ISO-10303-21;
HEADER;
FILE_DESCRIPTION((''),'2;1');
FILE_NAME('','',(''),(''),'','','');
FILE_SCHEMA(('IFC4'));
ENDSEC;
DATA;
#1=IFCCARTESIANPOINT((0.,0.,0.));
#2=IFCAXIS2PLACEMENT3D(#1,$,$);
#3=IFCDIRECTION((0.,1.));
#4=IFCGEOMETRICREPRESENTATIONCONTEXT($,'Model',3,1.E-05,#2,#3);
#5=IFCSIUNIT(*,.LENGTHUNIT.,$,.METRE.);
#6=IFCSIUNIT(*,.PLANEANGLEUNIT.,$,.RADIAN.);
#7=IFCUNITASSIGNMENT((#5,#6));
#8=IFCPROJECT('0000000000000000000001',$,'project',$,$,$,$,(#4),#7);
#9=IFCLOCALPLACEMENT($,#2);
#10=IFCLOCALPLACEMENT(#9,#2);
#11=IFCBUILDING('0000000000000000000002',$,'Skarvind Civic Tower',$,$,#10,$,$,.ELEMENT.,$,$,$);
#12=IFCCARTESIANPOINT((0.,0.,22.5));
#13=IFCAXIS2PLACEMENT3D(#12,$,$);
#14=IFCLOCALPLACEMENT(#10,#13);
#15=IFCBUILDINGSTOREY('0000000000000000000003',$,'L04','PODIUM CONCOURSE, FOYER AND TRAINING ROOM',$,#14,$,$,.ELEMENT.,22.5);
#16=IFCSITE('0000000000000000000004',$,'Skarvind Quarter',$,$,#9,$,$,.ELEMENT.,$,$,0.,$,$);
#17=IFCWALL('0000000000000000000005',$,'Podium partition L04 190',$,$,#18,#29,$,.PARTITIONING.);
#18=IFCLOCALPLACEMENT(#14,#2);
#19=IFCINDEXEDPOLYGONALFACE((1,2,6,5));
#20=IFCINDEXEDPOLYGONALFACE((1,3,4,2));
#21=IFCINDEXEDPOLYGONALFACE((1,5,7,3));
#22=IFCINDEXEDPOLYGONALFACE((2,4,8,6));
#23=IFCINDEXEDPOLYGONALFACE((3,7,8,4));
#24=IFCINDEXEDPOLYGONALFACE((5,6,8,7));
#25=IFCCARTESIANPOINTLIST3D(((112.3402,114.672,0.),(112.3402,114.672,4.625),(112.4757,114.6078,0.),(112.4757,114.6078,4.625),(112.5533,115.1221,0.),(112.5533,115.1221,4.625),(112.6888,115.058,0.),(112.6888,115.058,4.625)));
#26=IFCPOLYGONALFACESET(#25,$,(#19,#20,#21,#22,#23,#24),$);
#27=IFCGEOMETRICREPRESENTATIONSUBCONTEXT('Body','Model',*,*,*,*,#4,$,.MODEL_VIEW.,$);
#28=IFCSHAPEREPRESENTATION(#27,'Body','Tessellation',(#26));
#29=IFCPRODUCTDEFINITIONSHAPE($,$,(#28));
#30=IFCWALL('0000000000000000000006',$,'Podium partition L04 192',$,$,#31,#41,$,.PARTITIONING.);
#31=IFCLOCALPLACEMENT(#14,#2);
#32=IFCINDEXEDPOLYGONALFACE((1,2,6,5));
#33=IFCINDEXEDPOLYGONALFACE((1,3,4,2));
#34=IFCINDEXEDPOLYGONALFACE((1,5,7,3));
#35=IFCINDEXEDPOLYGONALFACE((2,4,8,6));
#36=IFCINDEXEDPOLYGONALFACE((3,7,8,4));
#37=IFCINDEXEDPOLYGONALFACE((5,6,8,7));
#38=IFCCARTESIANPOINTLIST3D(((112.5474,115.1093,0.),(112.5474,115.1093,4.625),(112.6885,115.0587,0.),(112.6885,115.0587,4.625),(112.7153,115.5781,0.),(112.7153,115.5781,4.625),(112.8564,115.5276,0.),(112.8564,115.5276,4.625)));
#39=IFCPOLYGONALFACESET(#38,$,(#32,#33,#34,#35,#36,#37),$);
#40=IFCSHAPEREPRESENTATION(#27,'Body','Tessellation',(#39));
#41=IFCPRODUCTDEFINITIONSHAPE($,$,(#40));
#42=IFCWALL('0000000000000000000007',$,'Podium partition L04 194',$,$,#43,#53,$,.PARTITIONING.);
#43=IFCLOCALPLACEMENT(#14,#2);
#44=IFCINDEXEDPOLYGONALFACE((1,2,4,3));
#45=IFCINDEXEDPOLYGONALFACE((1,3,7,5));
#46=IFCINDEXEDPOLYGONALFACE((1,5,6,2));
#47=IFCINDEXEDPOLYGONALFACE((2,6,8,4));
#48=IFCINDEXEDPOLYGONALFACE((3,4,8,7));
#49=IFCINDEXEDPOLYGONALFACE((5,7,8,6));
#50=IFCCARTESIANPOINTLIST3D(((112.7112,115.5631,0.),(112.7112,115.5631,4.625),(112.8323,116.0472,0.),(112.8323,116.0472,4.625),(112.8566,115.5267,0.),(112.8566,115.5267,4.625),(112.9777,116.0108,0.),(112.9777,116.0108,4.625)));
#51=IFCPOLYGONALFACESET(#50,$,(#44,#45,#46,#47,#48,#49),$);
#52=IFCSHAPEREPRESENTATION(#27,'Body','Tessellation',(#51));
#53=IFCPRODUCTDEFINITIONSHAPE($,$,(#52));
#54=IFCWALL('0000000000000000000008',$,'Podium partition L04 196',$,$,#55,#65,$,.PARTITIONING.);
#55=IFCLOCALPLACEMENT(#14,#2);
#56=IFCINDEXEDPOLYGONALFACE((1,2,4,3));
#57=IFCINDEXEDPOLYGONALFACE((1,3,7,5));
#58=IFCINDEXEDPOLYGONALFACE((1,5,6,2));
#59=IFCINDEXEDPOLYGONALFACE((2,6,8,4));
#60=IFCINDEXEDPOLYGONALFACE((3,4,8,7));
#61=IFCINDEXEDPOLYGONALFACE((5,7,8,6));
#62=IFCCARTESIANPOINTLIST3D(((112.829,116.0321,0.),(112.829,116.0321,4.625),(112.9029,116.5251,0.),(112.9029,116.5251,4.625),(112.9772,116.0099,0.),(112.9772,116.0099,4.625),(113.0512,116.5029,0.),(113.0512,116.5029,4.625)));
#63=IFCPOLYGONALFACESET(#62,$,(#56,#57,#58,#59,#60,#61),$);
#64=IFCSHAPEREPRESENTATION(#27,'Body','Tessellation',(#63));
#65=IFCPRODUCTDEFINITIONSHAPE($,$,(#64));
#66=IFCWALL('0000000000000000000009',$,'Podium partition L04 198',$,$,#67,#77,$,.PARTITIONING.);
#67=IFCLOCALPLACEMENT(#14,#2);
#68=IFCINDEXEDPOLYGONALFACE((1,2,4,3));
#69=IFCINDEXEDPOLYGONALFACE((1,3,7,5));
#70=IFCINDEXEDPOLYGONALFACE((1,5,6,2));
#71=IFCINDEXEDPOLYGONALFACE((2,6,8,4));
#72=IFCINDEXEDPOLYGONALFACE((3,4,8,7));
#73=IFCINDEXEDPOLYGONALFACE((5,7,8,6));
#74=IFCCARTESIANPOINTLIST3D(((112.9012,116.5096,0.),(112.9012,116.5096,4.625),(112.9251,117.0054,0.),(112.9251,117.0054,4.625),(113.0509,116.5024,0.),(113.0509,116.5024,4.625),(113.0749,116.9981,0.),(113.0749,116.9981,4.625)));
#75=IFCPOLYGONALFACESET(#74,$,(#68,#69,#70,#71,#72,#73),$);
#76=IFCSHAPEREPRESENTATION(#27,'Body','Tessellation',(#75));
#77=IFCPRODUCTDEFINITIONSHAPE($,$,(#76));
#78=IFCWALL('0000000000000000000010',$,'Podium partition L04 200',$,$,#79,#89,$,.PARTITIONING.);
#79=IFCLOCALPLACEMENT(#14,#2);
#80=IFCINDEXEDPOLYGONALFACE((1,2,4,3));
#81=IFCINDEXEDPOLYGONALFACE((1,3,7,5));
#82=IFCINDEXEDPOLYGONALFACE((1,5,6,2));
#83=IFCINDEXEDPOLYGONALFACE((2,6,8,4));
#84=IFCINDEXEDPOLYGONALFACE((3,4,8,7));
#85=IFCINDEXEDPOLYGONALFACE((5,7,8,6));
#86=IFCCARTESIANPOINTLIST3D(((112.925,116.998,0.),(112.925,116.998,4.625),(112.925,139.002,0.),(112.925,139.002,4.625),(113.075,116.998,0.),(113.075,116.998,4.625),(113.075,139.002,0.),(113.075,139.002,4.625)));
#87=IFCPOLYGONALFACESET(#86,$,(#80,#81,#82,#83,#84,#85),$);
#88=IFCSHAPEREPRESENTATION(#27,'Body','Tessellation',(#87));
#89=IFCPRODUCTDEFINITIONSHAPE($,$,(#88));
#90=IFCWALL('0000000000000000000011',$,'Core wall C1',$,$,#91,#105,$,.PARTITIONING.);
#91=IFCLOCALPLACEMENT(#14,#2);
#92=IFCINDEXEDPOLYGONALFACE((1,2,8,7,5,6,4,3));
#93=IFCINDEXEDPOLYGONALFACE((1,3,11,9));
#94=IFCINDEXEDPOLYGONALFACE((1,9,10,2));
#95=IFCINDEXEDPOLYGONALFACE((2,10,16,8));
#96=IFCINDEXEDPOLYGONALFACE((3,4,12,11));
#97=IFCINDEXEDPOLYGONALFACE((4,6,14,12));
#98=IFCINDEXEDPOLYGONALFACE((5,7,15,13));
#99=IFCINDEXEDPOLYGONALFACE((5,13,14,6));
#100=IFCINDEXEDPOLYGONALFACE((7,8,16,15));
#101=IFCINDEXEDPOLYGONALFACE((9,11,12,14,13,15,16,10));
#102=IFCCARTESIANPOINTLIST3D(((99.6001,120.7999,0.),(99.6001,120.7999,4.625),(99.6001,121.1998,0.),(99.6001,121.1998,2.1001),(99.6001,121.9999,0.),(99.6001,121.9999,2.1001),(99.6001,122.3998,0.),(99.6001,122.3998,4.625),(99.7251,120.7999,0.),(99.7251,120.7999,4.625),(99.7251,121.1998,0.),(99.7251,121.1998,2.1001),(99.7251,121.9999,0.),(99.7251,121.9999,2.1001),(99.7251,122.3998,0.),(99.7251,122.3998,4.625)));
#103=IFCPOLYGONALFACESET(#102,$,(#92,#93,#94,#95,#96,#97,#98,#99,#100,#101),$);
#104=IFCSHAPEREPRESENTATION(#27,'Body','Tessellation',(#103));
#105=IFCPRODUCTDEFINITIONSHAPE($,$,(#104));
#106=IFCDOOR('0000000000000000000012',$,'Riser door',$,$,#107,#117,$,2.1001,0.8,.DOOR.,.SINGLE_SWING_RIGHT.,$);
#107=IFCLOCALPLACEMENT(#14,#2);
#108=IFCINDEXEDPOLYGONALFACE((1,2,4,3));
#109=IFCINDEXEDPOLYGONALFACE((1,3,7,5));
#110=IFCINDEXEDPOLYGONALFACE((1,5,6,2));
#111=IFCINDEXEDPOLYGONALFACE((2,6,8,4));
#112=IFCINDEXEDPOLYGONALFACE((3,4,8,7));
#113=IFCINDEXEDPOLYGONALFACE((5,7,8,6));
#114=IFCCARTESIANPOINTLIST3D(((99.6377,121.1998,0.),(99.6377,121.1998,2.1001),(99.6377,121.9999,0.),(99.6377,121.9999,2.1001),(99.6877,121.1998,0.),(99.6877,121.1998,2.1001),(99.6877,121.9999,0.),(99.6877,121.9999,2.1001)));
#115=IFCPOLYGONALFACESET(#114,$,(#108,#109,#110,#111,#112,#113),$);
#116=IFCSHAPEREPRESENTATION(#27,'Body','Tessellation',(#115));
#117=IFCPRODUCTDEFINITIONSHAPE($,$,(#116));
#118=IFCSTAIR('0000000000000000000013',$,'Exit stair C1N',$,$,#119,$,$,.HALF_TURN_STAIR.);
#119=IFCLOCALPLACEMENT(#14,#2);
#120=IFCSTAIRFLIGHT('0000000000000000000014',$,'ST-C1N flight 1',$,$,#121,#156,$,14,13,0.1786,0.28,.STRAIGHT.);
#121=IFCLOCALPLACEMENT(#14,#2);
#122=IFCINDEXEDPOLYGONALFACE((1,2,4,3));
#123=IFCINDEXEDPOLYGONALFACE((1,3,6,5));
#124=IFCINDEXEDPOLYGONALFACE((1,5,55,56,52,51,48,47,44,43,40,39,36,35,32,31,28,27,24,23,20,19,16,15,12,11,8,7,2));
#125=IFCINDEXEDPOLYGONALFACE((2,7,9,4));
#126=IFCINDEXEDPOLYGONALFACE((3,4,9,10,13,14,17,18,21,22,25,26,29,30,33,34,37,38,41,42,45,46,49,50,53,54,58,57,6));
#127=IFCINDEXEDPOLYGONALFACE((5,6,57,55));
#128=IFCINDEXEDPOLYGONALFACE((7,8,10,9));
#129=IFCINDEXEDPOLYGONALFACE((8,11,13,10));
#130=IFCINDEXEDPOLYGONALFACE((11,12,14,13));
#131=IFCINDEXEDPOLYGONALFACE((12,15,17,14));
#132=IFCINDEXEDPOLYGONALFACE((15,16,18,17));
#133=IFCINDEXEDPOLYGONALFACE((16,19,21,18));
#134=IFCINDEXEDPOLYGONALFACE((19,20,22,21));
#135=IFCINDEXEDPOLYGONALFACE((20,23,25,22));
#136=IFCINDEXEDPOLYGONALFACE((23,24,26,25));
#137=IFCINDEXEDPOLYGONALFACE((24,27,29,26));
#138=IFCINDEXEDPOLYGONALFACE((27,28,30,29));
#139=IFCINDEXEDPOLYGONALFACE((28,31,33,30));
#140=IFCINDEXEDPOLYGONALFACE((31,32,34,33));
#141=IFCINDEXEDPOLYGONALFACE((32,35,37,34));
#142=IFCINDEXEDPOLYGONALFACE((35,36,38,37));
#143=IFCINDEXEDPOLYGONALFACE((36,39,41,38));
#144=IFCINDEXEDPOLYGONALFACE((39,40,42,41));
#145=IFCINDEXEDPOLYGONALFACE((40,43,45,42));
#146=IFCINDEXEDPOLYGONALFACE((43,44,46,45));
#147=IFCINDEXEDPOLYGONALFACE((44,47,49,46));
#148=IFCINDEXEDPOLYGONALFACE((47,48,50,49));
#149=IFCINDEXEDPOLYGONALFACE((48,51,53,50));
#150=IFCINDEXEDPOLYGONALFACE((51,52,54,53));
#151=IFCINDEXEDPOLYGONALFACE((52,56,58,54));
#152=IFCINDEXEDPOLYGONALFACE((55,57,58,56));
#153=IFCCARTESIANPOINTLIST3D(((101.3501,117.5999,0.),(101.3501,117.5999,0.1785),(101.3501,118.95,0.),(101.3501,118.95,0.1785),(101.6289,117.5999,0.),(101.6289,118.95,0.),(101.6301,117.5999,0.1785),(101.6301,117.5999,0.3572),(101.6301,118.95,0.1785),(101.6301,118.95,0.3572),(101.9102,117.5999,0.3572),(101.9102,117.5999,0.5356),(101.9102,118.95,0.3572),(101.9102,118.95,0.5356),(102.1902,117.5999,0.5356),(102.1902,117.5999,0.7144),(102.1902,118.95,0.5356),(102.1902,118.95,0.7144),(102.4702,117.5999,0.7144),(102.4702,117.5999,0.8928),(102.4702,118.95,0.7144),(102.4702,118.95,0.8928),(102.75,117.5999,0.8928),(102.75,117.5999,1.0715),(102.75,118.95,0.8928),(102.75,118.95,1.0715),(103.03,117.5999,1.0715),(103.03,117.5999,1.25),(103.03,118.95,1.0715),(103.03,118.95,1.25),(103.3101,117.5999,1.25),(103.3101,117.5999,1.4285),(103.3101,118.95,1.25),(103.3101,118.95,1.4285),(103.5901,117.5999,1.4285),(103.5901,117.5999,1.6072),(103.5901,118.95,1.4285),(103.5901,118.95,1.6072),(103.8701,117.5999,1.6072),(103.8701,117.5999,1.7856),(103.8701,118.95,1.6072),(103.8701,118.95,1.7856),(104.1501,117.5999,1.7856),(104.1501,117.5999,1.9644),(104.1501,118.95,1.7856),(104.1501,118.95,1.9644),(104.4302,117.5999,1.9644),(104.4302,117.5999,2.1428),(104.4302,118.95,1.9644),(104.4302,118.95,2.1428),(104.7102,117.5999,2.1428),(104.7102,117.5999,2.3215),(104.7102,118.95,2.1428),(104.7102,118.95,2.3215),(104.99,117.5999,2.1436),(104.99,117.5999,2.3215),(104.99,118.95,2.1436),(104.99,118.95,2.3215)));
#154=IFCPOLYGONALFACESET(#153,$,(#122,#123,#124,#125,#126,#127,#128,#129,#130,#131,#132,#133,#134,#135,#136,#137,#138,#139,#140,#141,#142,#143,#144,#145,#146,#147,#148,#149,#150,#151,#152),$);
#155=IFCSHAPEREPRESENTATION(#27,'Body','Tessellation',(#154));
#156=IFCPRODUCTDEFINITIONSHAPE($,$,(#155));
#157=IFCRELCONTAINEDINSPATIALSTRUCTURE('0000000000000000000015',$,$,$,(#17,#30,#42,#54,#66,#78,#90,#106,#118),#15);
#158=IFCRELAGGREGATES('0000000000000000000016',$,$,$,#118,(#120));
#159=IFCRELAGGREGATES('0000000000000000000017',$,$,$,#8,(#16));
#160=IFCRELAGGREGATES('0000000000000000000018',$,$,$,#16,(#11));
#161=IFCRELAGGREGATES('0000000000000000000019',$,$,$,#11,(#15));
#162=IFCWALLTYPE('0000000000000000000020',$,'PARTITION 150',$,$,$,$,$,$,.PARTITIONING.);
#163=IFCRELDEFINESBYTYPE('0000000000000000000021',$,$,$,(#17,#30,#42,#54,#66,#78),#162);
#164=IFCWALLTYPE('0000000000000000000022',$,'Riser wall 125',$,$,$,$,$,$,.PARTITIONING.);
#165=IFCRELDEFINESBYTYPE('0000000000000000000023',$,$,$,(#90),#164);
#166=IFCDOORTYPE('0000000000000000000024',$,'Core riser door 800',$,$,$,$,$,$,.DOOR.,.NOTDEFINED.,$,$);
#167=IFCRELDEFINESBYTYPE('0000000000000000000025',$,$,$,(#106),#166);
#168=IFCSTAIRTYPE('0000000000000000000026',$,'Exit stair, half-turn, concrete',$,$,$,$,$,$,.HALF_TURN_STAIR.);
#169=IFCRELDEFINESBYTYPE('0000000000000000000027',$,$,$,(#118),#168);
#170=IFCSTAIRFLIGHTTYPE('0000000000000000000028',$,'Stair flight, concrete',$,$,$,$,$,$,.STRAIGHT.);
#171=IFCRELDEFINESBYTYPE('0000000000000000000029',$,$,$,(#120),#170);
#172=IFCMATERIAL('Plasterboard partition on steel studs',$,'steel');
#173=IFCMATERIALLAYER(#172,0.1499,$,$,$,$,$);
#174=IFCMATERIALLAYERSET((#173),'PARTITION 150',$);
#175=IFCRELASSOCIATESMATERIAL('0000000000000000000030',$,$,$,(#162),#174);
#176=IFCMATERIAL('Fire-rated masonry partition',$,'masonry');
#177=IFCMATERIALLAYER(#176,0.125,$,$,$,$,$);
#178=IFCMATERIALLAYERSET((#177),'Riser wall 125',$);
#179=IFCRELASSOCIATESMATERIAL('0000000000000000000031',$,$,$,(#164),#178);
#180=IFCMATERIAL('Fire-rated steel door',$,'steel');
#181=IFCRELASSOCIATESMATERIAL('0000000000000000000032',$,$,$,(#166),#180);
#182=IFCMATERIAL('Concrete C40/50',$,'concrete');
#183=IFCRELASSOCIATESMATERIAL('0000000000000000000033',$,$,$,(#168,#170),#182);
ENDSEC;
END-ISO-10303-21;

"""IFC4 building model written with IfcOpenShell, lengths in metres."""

from ifc_helpers import new_model, si_unit, direction, frame, frame_2d, origin, place, context, subcontext, project, spatial, polyline, rectangle, outline, extrude, material, layer, layer_set, type_object, element, fill, aggregate, save


model = new_model("IFC4")

# Units and contexts
model_context = context("Model", 3, precision=1e-05, world=origin(), true_north=direction((0.0, 1.0)))
body_context = subcontext(model_context, "Body", "Model", "MODEL_VIEW")
ifc_project = project(units=[si_unit("LENGTHUNIT", "METRE"), si_unit("PLANEANGLEUNIT", "RADIAN")], contexts=[model_context])

# Site, building, storey
site_placement = place(None, origin())
site = spatial("IfcSite", under=ifc_project, at=site_placement, Name="Skarvind Quarter", CompositionType="ELEMENT", RefElevation=0.0)
building_placement = place(site_placement, origin())
building = spatial("IfcBuilding", under=site, at=building_placement, Name="Skarvind Civic Tower", CompositionType="ELEMENT")
storey_placement = place(building_placement, frame((0.0, 0.0, 22.5)))
storey = spatial("IfcBuildingStorey", under=building, at=storey_placement, Name="L04", Description="PODIUM CONCOURSE, FOYER AND TRAINING ROOM", CompositionType="ELEMENT", Elevation=22.5)

# Shared definitions
ifc_material_1 = material(Name="Fire-rated steel door", Category="steel")

# Walls
ifc_material_2 = material(Name="Plasterboard partition on steel studs", Category="steel")
ifc_layer_1 = layer(ifc_material_2, 0.1499)
ifc_layer_set_1 = layer_set([ifc_layer_1], Name="PARTITION 150")
wall_type_1 = type_object("IfcWallType", Name="PARTITION 150", PredefinedType="PARTITIONING", material=ifc_layer_set_1)
for number, where, z_axis, x_axis, name in (
    (1, (112.408, 114.6399, 0.0), (0.0, 0.0, 1.0), (0.427897, 0.903828, 0.0), "Podium partition L04 190"),
    (2, (112.6179, 115.084, 0.0), (0.0, 0.0, 1.0), (0.337174, 0.941442, 0.0), "Podium partition L04 192"),
):
    element("IfcWall", number, at=place(storey_placement, frame(where, z_axis=z_axis, x_axis=x_axis)), inside=storey, type_object=wall_type_1, Name=name, PredefinedType="PARTITIONING", context=body_context, shape_type="SweptSolid", body=[
        extrude(rectangle(XDim=0.498, YDim=0.1499, at=frame_2d((0.249, 0.0))), origin(), (0.0, 0.0, 1.0), 4.625),
    ])
wall_1_placement = place(storey_placement, frame((112.7839, 115.5449, 0.0), z_axis=(0.0, 0.0, 1.0), x_axis=(0.242651, 0.970114, 0.0)))
element("IfcWall", 3, at=wall_1_placement, inside=storey, type_object=wall_type_1, Name="Podium partition L04 194", PredefinedType="PARTITIONING", context=body_context, shape_type="SweptSolid", body=[
    extrude(rectangle(XDim=0.499, YDim=0.1499, at=frame_2d((0.2495, 0.0))), origin(), (0.0, 0.0, 1.0), 4.625),
])
wall_2_placement = place(storey_placement, frame((112.9031, 116.021, 0.0), z_axis=(0.0, 0.0, 1.0), x_axis=(0.148412, 0.988926, 0.0)))
element("IfcWall", 4, at=wall_2_placement, inside=storey, type_object=wall_type_1, Name="Podium partition L04 196", PredefinedType="PARTITIONING", context=body_context, shape_type="SweptSolid", body=[
    extrude(rectangle(XDim=0.4985, YDim=0.1499, at=frame_2d((0.2493, 0.0))), origin(), (0.0, 0.0, 1.0), 4.625),
])
wall_3_placement = place(storey_placement, frame((112.9761, 116.5061, 0.0), z_axis=(0.0, 0.0, 1.0), x_axis=(0.048196, 0.998838, 0.0)))
element("IfcWall", 5, at=wall_3_placement, inside=storey, type_object=wall_type_1, Name="Podium partition L04 198", PredefinedType="PARTITIONING", context=body_context, shape_type="SweptSolid", body=[
    extrude(rectangle(XDim=0.4963, YDim=0.1499, at=frame_2d((0.248, 0.0))), origin(), (0.0, 0.0, 1.0), 4.625),
])
wall_4_placement = place(storey_placement, frame((113.0, 116.998, 0.0), z_axis=(0.0, 0.0, 1.0), x_axis=(0.0, 1.0, 0.0)))
element("IfcWall", 6, at=wall_4_placement, inside=storey, type_object=wall_type_1, Name="Podium partition L04 200", PredefinedType="PARTITIONING", context=body_context, shape_type="SweptSolid", body=[
    extrude(rectangle(XDim=22.0039, YDim=0.1499, at=frame_2d((11.002, 0.0))), origin(), (0.0, 0.0, 1.0), 4.625),
])

# Wall, opening, door
ifc_material_3 = material(Name="Fire-rated masonry partition", Category="masonry")
ifc_layer_2 = layer(ifc_material_3, 0.125)
ifc_layer_set_2 = layer_set([ifc_layer_2], Name="Riser wall 125")
wall_type_2 = type_object("IfcWallType", Name="Riser wall 125", PredefinedType="PARTITIONING", material=ifc_layer_set_2)
wall_5_placement = place(storey_placement, frame((99.6626, 120.8, 0.0), z_axis=(0.0, 0.0, 1.0), x_axis=(0.0, 1.0, 0.0)))
wall_5 = element("IfcWall", 7, at=wall_5_placement, inside=storey, type_object=wall_type_2, Name="Core wall C1", PredefinedType="PARTITIONING", context=body_context, shape_type="SweptSolid", body=[
    extrude(rectangle(XDim=1.5999, YDim=0.125, at=frame_2d((0.7998, 0.0))), origin(), (0.0, 0.0, 1.0), 4.625),
])
opening_1_placement = place(wall_5_placement, frame((0.3999, 0.0, 0.0)))
opening_1 = element("IfcOpeningElement", 8, at=opening_1_placement, cuts=wall_5, PredefinedType="OPENING", context=body_context, shape_type="SweptSolid", body=[
    extrude(rectangle(XDim=0.8, YDim=2.1001, at=frame_2d((0.3999, 1.05))), frame((0.0, 0.0725, 0.0), z_axis=(0.0, -1.0, 0.0), x_axis=(1.0, 0.0, 0.0)), (0.0, 0.0, 1.0), 0.145),
])
door_type_1 = type_object("IfcDoorType", Name="Core riser door 800", OperationType="NOTDEFINED", PredefinedType="DOOR", material=ifc_material_1)
door_1_placement = place(opening_1_placement, origin())
door_1 = element("IfcDoor", 9, at=door_1_placement, inside=storey, type_object=door_type_1, Name="Riser door", OperationType="SINGLE_SWING_RIGHT", OverallHeight=2.1001, OverallWidth=0.8, PredefinedType="DOOR", context=body_context, shape_type="SweptSolid", body=[
    extrude(rectangle(XDim=0.8, YDim=2.1001, at=frame_2d((0.3999, 1.05))), frame((0.0, 0.0249, 0.0), z_axis=(0.0, -1.0, 0.0), x_axis=(1.0, 0.0, 0.0)), (0.0, 0.0, 1.0), 0.05),
])
fill(opening_1, door_1)

# Stair, stair flight
ifc_material_4 = material(Name="Concrete C40/50", Category="concrete")
stair_type = type_object("IfcStairType", Name="Exit stair, half-turn, concrete", PredefinedType="HALF_TURN_STAIR", material=ifc_material_4)
stair_placement = place(storey_placement, origin())
stair = element("IfcStair", 10, at=stair_placement, inside=storey, type_object=stair_type, Name="Exit stair C1N", PredefinedType="HALF_TURN_STAIR")
stair_flight_type = type_object("IfcStairFlightType", Name="Stair flight, concrete", PredefinedType="STRAIGHT", material=ifc_material_4)
stair_flight_1_placement = place(storey_placement, frame((101.3501, 118.2749, 0.0), z_axis=(0.0, 0.0, 1.0), x_axis=(1.0, 0.0, 0.0)))
stair_flight_1 = element("IfcStairFlight", 11, at=stair_flight_1_placement, type_object=stair_flight_type, Name="ST-C1N flight 1", NumberOfRisers=14, NumberOfTreads=13, PredefinedType="STRAIGHT", RiserHeight=0.1786, TreadLength=0.28, context=body_context, shape_type="SweptSolid", body=[
    extrude(outline(polyline([(0.0, 0.0), (0.0, 0.1785), (0.28, 0.1785), (0.28, 0.3572), (0.5601, 0.3572), (0.5601, 0.5356), (0.8401, 0.5356), (0.8401, 0.7144), (1.1201, 0.7144), (1.1201, 0.8928), (1.3999, 0.8928), (1.3999, 1.0715), (1.6799, 1.0715), (1.6799, 1.25), (1.96, 1.25), (1.96, 1.4285), (2.24, 1.4285), (2.24, 1.6072), (2.52, 1.6072), (2.52, 1.7856), (2.8, 1.7856), (2.8, 1.9644), (3.0801, 1.9644), (3.0801, 2.1428), (3.3601, 2.1428), (3.3601, 2.3215), (3.6399, 2.3215), (3.6399, 2.5), (3.6399, 2.1436), (0.2788, 0.0), (0.0, 0.0)])), frame((0.0, 0.675, 0.0), z_axis=(0.0, -1.0, 0.0), x_axis=(1.0, 0.0, 0.0)), (0.0, 0.0, 1.0), 1.3501),
])
aggregate(stair, [stair_flight_1])

save(model, "model.ifc")
